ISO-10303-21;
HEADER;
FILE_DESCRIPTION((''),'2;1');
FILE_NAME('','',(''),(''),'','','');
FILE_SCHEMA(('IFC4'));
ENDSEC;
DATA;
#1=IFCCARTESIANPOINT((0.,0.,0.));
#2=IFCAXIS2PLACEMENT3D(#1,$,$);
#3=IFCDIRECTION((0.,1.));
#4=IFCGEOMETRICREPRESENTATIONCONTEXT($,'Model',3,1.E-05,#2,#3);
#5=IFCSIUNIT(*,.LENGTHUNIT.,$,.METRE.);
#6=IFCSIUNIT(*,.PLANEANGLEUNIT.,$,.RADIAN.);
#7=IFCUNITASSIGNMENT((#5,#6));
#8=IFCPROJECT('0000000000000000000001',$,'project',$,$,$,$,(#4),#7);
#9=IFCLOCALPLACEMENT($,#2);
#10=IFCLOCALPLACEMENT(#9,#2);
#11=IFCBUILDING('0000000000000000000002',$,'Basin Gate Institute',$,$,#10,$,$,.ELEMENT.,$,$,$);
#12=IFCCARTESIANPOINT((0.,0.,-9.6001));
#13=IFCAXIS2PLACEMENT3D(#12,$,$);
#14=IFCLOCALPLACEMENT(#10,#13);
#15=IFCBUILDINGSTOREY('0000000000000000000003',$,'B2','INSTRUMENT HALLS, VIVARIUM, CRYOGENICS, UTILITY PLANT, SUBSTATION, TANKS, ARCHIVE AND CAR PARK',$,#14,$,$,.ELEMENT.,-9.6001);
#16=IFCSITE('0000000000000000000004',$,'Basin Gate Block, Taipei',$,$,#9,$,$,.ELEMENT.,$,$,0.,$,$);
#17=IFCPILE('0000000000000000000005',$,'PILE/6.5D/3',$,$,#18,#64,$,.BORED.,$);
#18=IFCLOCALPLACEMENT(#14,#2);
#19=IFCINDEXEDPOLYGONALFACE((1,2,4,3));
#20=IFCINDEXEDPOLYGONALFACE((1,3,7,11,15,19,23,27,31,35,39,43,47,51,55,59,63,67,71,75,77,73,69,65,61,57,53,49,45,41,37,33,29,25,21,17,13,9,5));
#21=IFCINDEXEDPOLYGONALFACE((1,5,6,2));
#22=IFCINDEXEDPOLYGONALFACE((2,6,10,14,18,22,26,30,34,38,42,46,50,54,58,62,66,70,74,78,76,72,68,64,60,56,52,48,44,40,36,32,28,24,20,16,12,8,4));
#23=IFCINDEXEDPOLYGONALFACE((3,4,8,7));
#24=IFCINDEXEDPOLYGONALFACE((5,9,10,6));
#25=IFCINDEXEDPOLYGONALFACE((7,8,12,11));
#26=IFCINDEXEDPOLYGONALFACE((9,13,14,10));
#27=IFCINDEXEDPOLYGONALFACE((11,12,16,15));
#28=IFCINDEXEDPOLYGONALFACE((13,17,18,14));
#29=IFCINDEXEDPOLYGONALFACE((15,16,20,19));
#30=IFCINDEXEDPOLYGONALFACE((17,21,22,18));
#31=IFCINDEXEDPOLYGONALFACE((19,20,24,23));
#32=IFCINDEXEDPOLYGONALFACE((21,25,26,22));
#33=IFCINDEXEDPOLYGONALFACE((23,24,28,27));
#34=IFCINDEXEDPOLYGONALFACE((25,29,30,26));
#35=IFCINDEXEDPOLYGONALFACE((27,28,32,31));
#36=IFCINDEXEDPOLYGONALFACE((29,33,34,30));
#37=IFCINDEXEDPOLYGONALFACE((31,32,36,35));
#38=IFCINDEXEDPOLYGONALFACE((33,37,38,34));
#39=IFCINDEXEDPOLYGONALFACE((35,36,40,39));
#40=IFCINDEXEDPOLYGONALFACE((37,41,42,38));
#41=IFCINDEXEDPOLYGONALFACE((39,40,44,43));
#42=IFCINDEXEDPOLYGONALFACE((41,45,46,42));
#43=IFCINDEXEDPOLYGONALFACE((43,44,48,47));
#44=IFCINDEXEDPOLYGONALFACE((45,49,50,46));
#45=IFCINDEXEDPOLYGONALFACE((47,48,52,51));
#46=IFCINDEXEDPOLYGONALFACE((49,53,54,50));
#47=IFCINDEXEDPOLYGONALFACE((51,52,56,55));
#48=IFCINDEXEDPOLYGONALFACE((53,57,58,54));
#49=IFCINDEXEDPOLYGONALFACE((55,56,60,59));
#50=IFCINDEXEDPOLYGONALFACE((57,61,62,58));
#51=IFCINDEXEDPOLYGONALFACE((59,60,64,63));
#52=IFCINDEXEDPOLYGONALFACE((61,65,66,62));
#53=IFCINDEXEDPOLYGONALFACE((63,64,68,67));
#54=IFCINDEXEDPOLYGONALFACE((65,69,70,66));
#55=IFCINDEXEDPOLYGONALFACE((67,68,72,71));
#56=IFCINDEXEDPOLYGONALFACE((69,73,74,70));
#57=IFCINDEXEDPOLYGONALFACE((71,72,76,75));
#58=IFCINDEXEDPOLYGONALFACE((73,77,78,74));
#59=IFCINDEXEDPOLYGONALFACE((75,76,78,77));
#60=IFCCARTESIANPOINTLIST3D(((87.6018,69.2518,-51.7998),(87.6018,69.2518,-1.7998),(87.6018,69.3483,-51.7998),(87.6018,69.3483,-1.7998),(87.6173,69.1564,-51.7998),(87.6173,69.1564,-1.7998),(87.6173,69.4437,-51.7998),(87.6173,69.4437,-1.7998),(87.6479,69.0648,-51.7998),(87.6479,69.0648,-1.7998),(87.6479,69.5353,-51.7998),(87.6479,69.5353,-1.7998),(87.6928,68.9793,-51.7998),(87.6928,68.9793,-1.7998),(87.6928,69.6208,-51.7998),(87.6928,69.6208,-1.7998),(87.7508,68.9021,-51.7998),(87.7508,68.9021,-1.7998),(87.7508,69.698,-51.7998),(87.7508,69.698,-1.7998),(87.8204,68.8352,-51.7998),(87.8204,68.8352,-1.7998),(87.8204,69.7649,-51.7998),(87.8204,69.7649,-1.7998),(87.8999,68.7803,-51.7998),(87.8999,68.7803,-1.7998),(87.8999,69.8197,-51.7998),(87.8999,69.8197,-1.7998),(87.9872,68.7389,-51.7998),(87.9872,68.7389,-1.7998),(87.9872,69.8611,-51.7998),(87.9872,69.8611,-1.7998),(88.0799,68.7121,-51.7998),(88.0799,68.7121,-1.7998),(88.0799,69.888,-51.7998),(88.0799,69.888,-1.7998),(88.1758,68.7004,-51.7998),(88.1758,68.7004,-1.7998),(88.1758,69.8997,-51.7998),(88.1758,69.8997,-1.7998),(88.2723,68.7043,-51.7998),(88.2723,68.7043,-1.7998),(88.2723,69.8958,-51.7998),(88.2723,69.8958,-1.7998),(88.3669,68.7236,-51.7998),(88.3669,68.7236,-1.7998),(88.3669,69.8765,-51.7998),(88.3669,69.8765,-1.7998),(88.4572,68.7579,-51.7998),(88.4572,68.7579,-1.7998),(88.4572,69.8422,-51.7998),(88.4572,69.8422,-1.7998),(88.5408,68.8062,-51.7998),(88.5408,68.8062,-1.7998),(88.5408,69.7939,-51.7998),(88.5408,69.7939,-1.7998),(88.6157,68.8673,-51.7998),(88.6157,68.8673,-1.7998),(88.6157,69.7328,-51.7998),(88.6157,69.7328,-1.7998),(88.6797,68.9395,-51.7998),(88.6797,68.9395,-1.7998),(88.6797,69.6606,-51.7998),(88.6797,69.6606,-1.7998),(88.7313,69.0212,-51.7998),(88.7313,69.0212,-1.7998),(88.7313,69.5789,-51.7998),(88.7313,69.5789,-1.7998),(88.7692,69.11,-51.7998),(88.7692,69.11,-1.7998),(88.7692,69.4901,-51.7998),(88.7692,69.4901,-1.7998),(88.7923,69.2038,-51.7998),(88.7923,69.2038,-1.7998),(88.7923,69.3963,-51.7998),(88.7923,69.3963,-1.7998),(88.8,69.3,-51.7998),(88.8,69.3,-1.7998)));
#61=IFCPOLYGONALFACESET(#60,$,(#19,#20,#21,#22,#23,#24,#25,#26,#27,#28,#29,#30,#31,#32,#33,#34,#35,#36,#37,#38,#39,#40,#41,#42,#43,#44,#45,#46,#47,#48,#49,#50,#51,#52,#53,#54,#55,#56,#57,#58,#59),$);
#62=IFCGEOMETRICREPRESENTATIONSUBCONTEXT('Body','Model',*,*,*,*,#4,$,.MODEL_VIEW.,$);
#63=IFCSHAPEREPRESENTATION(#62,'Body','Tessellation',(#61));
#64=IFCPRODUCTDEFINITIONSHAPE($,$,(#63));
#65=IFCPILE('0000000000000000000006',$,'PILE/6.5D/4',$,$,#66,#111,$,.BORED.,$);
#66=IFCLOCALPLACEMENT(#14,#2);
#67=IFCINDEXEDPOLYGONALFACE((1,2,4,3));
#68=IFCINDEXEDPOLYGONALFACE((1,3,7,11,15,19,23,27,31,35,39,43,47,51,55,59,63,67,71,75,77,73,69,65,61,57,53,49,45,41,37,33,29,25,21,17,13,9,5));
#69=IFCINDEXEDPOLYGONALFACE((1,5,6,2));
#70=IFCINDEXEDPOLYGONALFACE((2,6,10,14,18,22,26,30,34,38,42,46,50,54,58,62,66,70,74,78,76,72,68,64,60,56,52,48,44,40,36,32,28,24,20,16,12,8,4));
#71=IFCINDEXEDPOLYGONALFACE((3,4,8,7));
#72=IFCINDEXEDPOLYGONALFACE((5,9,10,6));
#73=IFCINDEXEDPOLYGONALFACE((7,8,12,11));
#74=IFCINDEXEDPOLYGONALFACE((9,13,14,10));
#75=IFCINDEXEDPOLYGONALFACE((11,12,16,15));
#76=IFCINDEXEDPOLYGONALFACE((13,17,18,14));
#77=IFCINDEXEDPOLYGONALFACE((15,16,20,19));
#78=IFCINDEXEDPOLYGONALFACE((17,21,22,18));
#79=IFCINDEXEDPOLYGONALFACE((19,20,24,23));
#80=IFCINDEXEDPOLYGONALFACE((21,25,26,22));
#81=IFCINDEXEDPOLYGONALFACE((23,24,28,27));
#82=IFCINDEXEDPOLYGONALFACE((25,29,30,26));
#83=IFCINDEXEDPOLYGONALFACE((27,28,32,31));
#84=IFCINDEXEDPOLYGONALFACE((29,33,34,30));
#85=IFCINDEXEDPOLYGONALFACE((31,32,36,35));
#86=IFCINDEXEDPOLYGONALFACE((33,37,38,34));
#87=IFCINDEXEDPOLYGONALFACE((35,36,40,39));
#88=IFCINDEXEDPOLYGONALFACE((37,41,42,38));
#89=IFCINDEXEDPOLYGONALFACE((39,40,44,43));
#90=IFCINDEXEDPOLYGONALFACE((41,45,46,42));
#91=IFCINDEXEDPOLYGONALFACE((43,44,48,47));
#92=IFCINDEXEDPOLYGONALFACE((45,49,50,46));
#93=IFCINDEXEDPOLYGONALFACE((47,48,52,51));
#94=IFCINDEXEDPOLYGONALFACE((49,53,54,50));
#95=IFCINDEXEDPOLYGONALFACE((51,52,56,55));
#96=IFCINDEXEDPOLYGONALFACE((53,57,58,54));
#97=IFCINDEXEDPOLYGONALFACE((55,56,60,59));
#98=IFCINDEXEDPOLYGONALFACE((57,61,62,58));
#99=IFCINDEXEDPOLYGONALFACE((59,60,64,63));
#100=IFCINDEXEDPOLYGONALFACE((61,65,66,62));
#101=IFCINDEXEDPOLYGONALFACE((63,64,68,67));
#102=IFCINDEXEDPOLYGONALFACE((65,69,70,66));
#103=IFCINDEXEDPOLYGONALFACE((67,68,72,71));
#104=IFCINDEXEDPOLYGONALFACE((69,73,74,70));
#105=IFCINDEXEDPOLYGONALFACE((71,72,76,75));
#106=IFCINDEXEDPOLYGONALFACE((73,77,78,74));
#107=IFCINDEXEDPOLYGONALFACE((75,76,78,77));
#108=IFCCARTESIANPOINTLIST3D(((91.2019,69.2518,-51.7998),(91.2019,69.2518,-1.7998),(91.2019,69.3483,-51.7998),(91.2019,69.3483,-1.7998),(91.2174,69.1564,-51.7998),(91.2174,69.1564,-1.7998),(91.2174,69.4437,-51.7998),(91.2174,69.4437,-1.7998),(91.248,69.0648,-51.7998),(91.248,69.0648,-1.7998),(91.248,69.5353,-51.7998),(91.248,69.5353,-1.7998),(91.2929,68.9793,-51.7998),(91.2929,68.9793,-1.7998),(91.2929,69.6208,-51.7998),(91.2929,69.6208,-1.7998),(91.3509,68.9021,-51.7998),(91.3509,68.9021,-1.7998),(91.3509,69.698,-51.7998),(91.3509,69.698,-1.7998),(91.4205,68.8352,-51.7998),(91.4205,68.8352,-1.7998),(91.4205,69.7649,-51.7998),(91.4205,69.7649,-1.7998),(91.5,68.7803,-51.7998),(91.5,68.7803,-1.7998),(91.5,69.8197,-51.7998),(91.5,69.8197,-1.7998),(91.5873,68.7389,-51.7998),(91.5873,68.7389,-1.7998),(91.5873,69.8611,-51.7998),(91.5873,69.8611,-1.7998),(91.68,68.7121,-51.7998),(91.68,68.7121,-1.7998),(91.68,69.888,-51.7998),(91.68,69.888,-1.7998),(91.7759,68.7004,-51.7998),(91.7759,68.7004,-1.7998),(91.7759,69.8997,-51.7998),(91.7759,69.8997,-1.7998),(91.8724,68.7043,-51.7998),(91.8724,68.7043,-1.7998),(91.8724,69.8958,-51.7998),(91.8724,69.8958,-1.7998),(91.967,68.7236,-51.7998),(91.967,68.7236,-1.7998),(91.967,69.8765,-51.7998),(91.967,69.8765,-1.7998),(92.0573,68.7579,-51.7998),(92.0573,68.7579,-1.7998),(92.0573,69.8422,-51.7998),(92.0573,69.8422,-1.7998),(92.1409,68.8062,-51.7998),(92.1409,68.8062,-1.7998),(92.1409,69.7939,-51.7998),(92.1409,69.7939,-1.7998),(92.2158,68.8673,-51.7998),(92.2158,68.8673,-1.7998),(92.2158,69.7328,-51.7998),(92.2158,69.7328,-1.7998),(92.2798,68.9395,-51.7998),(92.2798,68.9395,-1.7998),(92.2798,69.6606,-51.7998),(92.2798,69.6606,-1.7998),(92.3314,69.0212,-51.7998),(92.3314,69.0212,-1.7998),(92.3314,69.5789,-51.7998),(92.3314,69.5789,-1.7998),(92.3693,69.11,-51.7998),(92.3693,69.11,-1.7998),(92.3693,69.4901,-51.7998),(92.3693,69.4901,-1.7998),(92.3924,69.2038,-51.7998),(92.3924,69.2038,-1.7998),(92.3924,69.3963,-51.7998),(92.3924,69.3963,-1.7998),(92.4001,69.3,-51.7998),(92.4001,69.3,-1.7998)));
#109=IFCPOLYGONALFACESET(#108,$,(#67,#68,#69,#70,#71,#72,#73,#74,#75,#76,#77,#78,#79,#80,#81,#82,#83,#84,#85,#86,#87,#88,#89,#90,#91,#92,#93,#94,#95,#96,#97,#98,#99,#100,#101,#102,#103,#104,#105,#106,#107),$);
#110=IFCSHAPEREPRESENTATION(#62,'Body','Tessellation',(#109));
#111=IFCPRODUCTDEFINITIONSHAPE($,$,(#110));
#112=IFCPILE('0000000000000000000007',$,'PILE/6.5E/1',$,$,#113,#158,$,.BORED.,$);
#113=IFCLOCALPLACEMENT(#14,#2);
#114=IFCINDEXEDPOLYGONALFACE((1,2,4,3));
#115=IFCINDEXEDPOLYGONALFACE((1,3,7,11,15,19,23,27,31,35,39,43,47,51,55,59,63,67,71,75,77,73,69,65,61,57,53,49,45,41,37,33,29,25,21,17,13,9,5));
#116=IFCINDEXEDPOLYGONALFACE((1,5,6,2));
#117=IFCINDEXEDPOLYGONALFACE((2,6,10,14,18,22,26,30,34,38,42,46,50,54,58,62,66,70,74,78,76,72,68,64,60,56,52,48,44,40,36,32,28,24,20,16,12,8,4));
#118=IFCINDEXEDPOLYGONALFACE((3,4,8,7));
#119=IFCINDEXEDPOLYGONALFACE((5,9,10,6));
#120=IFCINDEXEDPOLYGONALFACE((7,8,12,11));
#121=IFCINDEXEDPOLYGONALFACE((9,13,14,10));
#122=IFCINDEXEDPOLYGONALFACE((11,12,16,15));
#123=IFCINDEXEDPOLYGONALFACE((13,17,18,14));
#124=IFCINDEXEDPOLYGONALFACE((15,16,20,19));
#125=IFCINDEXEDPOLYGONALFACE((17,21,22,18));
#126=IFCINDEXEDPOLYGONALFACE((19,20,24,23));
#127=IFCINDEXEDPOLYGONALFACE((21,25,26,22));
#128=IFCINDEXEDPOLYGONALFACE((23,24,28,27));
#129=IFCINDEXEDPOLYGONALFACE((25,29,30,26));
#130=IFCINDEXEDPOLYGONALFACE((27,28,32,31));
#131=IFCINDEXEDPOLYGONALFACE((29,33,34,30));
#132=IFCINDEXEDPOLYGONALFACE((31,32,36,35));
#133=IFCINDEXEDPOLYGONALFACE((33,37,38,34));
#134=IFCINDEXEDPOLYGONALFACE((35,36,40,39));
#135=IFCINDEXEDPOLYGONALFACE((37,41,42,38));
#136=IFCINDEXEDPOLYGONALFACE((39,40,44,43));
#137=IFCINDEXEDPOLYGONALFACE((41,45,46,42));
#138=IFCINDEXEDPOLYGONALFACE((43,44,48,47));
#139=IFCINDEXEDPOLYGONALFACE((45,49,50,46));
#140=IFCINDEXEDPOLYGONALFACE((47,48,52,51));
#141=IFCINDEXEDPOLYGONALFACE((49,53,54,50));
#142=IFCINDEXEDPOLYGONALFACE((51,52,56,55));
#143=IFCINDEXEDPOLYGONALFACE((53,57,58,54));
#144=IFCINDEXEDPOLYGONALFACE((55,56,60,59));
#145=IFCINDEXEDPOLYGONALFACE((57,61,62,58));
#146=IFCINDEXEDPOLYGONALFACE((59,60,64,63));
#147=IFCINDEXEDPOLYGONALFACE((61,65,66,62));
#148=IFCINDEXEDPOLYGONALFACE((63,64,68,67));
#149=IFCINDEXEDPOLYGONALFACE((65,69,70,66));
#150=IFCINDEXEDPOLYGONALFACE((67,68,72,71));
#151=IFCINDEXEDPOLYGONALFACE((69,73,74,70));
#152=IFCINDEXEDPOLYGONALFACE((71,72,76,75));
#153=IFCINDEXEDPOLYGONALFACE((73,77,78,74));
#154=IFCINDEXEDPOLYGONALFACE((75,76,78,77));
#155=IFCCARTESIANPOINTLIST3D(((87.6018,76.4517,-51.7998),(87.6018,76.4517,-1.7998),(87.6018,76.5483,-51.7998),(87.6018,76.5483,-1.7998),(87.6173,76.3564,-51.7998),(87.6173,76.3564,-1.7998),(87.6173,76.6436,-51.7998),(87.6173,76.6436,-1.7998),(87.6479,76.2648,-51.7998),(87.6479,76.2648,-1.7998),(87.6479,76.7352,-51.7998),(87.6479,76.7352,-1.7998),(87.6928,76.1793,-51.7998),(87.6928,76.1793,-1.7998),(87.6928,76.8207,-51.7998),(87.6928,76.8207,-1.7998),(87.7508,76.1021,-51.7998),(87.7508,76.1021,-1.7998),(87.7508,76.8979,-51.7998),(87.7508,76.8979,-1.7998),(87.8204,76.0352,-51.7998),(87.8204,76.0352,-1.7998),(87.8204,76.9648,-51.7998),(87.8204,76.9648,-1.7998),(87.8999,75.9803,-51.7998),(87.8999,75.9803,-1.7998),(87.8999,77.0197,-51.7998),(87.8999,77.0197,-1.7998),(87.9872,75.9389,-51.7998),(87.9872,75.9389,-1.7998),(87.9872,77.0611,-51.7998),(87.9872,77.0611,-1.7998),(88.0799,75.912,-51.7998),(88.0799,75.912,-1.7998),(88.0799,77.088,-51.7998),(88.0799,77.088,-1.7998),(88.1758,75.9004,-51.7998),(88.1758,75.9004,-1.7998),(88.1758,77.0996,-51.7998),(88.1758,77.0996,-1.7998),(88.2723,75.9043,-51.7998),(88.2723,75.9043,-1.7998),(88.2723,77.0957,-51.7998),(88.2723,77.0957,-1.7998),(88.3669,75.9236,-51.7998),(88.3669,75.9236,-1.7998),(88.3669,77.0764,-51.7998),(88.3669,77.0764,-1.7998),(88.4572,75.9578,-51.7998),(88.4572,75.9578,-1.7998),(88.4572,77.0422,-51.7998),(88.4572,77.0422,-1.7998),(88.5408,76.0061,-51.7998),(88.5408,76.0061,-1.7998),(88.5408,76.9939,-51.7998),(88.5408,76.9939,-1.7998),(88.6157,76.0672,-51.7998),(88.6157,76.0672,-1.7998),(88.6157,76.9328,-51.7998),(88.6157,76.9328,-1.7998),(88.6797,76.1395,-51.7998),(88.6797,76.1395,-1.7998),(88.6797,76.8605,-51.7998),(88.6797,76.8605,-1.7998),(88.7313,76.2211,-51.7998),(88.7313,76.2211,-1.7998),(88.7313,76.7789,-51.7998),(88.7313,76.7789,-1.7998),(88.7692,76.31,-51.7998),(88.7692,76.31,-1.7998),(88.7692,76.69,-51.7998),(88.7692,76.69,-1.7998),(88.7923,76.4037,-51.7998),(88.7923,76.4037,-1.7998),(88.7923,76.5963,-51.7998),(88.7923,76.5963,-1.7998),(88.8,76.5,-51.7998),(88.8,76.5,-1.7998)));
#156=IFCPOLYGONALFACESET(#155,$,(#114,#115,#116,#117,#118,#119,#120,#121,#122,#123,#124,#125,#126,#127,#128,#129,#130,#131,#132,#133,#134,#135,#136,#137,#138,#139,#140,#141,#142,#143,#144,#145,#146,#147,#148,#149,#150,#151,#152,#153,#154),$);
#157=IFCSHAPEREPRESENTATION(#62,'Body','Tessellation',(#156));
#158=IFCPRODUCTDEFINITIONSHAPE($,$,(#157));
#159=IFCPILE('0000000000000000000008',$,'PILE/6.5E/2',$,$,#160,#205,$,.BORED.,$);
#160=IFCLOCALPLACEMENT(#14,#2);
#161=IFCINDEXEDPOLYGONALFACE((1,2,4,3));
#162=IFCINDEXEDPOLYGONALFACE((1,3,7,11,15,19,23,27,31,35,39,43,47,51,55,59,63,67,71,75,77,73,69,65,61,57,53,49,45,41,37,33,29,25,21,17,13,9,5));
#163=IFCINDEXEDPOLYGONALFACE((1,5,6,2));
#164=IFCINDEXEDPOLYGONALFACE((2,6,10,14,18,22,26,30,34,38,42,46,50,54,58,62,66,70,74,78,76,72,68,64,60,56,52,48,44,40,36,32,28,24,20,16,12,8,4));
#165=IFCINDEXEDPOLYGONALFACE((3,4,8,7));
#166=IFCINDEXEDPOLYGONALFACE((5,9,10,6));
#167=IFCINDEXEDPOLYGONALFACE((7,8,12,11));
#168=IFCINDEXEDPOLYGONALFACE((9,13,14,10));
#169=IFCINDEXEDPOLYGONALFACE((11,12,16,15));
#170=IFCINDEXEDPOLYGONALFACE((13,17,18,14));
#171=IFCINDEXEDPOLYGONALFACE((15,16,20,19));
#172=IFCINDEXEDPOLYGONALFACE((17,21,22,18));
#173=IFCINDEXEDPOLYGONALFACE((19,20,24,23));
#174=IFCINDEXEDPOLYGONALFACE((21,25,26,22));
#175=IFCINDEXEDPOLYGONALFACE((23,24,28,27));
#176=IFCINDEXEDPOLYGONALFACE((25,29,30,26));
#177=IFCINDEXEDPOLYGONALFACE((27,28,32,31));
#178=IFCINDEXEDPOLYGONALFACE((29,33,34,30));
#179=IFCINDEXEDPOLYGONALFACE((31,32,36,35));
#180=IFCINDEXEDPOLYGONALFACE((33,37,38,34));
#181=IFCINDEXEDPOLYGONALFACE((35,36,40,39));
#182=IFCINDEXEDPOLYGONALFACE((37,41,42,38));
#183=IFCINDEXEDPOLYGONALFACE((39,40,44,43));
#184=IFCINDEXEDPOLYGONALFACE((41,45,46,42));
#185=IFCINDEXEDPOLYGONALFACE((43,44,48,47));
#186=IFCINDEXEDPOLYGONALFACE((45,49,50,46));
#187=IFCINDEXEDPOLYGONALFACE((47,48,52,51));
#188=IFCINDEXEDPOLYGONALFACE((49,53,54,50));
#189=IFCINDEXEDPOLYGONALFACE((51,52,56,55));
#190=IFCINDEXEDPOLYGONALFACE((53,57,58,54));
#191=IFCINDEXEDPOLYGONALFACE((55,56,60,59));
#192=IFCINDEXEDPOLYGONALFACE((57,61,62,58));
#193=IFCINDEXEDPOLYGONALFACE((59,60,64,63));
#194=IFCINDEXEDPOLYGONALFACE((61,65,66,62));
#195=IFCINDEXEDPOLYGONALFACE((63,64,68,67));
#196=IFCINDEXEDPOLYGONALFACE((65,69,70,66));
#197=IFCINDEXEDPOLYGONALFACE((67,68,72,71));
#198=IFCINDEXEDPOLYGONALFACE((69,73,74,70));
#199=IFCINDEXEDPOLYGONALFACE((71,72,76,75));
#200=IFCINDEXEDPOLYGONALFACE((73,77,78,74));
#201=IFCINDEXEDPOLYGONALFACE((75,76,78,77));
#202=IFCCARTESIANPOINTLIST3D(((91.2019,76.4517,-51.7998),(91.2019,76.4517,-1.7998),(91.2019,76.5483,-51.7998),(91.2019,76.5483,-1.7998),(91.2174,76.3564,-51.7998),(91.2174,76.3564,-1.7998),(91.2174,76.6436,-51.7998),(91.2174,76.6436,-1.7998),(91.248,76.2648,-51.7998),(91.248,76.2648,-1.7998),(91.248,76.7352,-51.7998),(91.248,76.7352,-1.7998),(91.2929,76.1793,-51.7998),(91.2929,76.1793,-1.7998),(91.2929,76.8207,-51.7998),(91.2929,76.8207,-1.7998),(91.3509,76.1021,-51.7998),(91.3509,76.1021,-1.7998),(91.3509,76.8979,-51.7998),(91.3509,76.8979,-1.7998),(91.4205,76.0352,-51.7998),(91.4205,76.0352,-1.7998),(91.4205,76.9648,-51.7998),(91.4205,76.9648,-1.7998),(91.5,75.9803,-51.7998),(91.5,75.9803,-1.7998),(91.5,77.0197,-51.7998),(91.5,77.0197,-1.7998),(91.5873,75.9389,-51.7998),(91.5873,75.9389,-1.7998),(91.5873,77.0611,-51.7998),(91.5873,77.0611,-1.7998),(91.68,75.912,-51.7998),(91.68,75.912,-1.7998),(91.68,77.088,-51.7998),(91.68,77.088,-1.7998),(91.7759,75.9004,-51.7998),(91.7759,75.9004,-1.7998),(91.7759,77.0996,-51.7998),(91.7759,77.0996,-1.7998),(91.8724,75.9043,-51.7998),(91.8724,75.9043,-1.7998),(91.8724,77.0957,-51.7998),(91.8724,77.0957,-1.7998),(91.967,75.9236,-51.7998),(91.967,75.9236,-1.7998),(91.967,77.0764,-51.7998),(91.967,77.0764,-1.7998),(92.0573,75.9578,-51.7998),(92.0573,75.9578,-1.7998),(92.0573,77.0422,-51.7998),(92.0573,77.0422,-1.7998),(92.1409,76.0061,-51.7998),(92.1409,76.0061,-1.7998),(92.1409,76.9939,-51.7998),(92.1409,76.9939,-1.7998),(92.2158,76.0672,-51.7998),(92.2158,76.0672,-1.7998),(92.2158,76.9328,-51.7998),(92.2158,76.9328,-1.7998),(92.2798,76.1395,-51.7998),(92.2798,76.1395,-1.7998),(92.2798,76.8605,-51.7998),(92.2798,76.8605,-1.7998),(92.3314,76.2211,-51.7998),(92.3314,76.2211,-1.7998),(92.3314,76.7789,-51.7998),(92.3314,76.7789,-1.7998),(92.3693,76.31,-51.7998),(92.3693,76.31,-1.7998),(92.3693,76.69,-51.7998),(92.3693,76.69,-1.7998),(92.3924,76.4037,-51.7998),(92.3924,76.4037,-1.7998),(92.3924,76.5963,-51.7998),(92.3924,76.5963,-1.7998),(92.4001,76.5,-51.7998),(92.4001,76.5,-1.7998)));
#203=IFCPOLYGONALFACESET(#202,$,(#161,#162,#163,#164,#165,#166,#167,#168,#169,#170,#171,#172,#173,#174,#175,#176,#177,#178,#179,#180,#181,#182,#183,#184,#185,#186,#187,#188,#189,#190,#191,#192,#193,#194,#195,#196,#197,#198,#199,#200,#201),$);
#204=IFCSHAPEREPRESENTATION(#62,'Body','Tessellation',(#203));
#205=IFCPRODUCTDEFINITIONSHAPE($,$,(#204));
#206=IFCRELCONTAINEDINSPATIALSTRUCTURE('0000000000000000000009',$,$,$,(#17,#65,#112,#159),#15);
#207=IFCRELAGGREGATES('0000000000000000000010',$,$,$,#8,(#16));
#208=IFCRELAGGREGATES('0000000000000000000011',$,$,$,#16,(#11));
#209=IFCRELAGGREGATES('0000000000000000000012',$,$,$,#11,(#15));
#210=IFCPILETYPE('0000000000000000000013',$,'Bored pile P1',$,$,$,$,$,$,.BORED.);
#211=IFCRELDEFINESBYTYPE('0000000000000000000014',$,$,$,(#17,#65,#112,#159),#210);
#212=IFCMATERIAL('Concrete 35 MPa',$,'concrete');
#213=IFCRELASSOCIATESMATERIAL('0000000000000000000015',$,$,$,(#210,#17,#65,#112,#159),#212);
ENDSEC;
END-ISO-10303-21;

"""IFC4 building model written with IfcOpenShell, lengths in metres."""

from ifc_helpers import new_model, si_unit, direction, frame, origin, origin_2d, place, context, subcontext, project, spatial, circle, extrude, material, material_profile, profile_set, type_object, element, save


model = new_model("IFC4")

# Units and contexts
model_context = context("Model", 3, precision=1e-05, world=origin(), true_north=direction((0.0, 1.0)))
body_context = subcontext(model_context, "Body", "Model", "MODEL_VIEW")
ifc_project = project(units=[si_unit("LENGTHUNIT", "METRE"), si_unit("PLANEANGLEUNIT", "RADIAN")], contexts=[model_context])

# Site, building, storey
site_placement = place(None, origin())
site = spatial("IfcSite", under=ifc_project, at=site_placement, Name="Basin Gate Block, Taipei", CompositionType="ELEMENT", RefElevation=0.0)
building_placement = place(site_placement, origin())
building = spatial("IfcBuilding", under=site, at=building_placement, Name="Basin Gate Institute", CompositionType="ELEMENT")
storey_placement = place(building_placement, frame((0.0, 0.0, -9.6001)))
storey = spatial("IfcBuildingStorey", under=building, at=storey_placement, Name="B2", Description="INSTRUMENT HALLS, VIVARIUM, CRYOGENICS, UTILITY PLANT, SUBSTATION, TANKS, ARCHIVE AND CAR PARK", CompositionType="ELEMENT", Elevation=-9.6001)

# Piles
ifc_material_1 = material(Name="Concrete 35 MPa", Category="concrete")
ifc_material_profile_1 = material_profile(ifc_material_1, circle(Radius=0.6001, at=origin_2d()), Name="Bored pile P1 1200 dia")
ifc_profile_set_1 = profile_set([ifc_material_profile_1], Name="Concrete 35 MPa")
pile_type = type_object("IfcPileType", Name="Bored pile P1", PredefinedType="BORED", material=ifc_profile_set_1)
for number, where, z_axis, x_axis, name in (
    (1, (88.2, 69.3, -1.7998), (0.0, 0.0, -1.0), (1.0, 0.0, 0.0), "PILE/6.5D/3"),
    (2, (91.8, 69.3, -1.7998), (0.0, 0.0, -1.0), (1.0, 0.0, 0.0), "PILE/6.5D/4"),
    (3, (88.2, 76.5, -1.7998), (0.0, 0.0, -1.0), (1.0, 0.0, 0.0), "PILE/6.5E/1"),
    (4, (91.8, 76.5, -1.7998), (0.0, 0.0, -1.0), (1.0, 0.0, 0.0), "PILE/6.5E/2"),
):
    element("IfcPile", number, at=place(storey_placement, frame(where, z_axis=z_axis, x_axis=x_axis)), inside=storey, type_object=pile_type, material=ifc_profile_set_1, Name=name, PredefinedType="BORED", context=body_context, shape_type="SweptSolid", body=[
        extrude(circle(Radius=0.6001, at=origin_2d()), origin(), (0.0, 0.0, 1.0), 50.0),
    ])

save(model, "model.ifc")
